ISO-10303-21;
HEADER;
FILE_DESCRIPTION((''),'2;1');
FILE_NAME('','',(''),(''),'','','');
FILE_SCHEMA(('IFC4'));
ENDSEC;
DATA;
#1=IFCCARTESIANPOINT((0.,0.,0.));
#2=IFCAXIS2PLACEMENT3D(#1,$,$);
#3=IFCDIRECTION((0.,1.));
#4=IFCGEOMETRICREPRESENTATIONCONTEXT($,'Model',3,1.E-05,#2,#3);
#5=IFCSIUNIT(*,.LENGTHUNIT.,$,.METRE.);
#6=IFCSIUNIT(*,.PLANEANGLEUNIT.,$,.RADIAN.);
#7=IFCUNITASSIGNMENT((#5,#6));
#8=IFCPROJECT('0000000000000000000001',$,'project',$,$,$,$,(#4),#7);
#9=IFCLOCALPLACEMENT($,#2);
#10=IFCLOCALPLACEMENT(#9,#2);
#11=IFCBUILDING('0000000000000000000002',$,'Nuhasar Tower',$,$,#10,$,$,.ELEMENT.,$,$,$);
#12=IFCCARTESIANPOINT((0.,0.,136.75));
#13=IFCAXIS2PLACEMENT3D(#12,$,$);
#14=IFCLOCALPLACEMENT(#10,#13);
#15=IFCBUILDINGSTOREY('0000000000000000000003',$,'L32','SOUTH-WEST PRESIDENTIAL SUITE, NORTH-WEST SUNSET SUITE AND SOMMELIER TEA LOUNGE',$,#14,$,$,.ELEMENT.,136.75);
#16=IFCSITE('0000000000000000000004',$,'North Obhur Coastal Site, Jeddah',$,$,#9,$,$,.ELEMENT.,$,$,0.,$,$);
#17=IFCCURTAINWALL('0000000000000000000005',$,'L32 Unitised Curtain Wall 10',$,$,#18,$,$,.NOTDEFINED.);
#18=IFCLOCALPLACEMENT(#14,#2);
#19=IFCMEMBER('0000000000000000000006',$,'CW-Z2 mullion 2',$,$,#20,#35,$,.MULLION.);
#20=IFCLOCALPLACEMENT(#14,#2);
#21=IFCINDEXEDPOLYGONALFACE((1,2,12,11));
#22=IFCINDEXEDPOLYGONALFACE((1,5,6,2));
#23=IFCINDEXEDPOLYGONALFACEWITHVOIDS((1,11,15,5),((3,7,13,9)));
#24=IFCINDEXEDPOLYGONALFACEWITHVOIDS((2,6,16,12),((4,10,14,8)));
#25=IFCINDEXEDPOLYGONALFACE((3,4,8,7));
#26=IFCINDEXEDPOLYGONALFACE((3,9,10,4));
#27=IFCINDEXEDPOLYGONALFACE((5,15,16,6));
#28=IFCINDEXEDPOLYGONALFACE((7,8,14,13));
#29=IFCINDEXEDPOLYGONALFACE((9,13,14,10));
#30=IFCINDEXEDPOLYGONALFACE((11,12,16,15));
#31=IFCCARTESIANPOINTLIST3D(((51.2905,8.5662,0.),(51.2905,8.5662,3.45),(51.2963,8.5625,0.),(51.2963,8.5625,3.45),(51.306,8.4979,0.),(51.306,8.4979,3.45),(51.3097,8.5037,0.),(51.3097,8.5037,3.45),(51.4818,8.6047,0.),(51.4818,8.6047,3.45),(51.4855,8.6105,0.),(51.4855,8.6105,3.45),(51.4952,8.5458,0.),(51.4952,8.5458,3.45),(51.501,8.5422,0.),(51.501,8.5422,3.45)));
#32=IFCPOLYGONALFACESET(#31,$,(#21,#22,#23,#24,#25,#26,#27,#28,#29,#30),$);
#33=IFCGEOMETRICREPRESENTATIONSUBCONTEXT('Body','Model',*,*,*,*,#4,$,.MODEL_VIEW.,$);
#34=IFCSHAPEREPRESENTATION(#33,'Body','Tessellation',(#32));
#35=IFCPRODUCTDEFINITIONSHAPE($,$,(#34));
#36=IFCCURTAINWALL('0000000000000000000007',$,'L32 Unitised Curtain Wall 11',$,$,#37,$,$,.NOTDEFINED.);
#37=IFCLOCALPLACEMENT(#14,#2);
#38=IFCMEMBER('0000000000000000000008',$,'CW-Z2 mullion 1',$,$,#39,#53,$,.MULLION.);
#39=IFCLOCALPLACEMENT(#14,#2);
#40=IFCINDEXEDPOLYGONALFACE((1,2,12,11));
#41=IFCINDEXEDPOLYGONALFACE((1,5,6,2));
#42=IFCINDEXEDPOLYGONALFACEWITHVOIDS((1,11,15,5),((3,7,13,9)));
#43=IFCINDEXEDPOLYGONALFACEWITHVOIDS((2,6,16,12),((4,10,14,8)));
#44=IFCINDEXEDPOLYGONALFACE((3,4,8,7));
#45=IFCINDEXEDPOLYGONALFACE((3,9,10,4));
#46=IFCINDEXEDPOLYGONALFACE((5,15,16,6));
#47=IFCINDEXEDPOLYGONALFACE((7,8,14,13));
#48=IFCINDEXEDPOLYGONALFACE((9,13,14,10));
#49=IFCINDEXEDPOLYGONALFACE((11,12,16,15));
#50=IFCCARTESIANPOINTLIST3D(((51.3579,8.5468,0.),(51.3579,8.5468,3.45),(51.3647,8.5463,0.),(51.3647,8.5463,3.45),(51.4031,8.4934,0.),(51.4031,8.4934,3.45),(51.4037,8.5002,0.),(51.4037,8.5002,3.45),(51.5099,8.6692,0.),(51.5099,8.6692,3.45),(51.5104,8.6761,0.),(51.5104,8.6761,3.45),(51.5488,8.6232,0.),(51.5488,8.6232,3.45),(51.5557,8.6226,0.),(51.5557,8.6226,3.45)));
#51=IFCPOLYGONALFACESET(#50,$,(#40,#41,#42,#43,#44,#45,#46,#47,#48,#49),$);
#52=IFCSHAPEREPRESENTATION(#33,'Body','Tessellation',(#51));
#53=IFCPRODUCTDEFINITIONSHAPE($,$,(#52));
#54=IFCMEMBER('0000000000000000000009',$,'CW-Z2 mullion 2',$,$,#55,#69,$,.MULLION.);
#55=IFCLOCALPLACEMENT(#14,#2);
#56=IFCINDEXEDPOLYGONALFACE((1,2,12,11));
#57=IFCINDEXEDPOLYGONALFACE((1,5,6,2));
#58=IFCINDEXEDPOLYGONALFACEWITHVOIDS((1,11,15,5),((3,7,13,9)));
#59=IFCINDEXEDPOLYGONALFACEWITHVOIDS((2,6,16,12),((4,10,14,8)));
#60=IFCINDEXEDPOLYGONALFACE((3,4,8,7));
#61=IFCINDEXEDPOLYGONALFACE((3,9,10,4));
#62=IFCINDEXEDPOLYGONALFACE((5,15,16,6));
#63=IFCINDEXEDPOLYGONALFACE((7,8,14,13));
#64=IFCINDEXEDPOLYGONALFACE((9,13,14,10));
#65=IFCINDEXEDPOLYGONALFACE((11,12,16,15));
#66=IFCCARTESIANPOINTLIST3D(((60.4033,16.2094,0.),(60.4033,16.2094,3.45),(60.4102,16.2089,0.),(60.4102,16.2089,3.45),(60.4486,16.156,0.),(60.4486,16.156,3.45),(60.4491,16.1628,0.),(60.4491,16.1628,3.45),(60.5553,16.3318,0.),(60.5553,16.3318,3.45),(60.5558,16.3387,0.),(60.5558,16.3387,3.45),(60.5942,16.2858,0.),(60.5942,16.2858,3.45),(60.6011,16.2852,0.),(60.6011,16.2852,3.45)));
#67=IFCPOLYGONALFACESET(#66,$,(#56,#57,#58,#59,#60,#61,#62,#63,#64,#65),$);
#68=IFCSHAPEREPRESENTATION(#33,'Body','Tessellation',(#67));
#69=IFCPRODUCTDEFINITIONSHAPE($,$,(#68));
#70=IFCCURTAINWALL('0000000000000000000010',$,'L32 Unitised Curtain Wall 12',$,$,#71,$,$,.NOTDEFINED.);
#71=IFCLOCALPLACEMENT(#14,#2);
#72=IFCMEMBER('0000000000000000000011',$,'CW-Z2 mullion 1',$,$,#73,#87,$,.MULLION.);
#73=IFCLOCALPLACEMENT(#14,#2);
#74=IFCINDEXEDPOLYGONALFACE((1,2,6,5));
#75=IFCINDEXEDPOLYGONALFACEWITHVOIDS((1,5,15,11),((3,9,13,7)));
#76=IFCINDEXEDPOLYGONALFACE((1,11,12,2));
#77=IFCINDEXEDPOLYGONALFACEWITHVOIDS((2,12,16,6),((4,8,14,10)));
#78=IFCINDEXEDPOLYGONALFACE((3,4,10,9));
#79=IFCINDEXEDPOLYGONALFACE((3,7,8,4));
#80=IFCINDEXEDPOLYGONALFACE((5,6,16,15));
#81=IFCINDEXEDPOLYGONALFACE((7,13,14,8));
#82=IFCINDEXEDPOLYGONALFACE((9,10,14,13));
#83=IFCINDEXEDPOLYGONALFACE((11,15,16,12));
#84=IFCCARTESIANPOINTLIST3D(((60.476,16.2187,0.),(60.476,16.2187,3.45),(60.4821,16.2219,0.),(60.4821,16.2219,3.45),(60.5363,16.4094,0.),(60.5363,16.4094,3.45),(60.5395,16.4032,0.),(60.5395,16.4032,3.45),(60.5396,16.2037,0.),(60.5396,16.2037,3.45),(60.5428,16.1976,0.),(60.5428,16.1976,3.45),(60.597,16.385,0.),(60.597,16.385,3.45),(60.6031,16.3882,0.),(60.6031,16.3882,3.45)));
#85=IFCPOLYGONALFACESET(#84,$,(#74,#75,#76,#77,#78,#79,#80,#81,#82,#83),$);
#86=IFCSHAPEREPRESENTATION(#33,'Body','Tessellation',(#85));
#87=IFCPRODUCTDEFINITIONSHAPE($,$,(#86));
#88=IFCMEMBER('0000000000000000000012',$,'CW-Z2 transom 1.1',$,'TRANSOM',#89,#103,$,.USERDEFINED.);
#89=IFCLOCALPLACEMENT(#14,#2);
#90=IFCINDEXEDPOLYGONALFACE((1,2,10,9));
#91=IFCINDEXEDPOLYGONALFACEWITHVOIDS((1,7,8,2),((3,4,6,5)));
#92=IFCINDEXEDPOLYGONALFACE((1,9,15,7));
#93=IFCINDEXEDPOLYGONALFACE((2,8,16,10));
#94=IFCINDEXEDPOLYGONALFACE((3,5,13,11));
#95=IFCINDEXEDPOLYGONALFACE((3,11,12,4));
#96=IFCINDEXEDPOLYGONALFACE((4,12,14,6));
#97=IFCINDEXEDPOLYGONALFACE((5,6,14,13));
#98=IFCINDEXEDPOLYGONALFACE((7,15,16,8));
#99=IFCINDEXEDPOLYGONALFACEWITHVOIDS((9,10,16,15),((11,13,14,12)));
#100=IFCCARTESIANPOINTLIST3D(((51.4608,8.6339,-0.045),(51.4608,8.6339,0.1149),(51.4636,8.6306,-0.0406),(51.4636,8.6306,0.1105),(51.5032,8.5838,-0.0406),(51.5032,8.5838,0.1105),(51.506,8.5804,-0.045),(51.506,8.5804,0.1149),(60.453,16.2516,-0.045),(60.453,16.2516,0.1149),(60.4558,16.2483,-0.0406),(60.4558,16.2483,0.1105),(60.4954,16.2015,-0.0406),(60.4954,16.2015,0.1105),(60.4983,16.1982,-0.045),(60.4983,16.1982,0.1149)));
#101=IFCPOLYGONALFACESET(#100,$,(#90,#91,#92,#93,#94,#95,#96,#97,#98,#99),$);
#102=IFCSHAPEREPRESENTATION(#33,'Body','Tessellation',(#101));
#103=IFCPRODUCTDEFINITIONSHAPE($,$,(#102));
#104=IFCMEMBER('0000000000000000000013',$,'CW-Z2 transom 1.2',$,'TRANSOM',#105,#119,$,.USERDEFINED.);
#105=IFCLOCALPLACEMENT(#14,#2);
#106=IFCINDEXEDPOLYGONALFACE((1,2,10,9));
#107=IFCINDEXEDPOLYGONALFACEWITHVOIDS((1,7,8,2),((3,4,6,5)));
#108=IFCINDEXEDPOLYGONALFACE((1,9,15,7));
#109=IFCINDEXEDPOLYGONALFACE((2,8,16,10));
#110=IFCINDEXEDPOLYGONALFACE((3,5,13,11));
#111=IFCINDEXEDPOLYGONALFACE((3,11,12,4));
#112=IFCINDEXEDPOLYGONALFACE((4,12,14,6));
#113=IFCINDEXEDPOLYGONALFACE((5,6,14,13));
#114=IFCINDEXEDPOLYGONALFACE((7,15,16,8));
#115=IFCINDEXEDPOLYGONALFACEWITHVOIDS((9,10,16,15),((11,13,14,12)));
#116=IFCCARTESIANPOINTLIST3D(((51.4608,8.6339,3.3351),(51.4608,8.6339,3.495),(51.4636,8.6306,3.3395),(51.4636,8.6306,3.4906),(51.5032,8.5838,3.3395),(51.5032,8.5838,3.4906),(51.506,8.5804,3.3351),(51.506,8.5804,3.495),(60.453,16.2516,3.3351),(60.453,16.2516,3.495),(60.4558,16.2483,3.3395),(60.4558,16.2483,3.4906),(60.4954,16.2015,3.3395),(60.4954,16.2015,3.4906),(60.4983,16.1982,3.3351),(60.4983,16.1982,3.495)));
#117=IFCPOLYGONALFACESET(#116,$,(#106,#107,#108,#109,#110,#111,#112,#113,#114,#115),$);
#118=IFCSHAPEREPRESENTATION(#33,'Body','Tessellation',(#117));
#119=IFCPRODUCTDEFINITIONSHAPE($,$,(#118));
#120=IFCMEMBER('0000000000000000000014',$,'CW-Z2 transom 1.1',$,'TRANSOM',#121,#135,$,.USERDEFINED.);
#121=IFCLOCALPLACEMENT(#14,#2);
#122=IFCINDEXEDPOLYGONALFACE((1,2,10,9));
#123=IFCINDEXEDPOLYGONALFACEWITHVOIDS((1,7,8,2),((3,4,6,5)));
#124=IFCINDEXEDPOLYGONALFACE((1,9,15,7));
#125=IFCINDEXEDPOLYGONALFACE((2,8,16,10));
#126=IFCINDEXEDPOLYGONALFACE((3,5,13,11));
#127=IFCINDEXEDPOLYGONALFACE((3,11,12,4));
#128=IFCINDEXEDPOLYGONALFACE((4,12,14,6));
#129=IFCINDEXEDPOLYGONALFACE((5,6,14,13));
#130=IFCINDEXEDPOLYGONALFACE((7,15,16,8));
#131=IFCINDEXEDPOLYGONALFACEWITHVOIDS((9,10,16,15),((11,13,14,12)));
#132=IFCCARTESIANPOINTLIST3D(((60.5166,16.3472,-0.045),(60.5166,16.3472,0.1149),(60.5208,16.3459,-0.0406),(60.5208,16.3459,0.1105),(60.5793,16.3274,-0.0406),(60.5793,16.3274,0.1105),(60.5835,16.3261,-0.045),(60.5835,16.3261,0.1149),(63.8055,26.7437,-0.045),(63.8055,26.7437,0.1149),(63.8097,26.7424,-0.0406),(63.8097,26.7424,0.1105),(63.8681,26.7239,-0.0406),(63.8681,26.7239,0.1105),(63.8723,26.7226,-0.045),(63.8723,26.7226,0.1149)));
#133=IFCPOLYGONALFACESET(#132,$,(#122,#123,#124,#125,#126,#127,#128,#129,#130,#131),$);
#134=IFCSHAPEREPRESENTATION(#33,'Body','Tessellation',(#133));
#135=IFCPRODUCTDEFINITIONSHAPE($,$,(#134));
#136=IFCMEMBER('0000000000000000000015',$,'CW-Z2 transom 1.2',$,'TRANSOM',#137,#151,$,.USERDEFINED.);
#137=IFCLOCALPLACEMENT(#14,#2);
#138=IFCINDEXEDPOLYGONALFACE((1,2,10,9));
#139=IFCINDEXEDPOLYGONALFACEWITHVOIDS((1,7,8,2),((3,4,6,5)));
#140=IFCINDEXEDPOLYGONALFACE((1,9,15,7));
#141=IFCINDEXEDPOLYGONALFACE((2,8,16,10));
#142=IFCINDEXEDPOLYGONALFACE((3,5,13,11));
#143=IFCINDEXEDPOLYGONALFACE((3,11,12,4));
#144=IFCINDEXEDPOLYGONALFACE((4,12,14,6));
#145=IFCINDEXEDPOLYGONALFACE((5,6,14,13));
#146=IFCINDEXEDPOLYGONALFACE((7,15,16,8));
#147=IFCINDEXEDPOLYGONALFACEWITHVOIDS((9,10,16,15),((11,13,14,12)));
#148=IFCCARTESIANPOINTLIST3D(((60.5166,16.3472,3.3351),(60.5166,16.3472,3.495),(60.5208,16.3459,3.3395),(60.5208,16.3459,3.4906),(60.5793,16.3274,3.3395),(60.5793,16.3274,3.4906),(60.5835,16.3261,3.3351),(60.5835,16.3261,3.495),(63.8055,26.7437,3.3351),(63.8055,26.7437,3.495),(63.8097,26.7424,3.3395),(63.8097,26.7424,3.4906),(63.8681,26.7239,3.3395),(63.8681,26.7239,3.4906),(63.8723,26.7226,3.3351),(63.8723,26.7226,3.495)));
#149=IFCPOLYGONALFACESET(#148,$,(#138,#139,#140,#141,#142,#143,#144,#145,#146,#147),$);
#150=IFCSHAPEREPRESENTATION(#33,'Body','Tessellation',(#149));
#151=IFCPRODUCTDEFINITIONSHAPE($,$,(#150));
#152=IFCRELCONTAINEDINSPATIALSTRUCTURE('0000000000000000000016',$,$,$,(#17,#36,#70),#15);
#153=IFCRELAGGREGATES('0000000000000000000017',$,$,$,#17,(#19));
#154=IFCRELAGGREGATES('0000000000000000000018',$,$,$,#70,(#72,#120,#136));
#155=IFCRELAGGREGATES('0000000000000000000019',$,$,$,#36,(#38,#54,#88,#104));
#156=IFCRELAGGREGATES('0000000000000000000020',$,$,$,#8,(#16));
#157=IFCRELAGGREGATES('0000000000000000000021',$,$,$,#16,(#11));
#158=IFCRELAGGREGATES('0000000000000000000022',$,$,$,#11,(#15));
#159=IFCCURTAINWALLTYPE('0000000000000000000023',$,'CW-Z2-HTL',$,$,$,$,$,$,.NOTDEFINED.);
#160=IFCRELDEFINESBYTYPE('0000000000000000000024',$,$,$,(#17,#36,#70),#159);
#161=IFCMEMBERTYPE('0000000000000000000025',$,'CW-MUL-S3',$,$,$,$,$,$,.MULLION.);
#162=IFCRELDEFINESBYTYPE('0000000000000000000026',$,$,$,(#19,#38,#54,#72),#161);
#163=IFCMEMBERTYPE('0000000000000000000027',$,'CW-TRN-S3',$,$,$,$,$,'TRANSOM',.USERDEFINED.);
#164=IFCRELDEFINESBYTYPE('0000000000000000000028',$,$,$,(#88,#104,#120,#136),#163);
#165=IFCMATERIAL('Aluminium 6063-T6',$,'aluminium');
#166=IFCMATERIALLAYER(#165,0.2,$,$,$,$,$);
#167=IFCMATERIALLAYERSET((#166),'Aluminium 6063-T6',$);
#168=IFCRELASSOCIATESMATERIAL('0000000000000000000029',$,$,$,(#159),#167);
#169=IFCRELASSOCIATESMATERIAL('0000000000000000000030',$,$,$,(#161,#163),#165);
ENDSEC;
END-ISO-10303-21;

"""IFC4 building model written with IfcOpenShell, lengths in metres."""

from ifc_helpers import new_model, si_unit, direction, frame, origin, origin_2d, place, context, subcontext, project, spatial, hollow_rectangle, extrude, material, layer, layer_set, material_profile, profile_set, type_object, element, aggregate, save


model = new_model("IFC4")

# Units and contexts
model_context = context("Model", 3, precision=1e-05, world=origin(), true_north=direction((0.0, 1.0)))
body_context = subcontext(model_context, "Body", "Model", "MODEL_VIEW")
ifc_project = project(units=[si_unit("LENGTHUNIT", "METRE"), si_unit("PLANEANGLEUNIT", "RADIAN")], contexts=[model_context])

# Site, building, storey
site_placement = place(None, origin())
site = spatial("IfcSite", under=ifc_project, at=site_placement, Name="North Obhur Coastal Site, Jeddah", CompositionType="ELEMENT", RefElevation=0.0)
building_placement = place(site_placement, origin())
building = spatial("IfcBuilding", under=site, at=building_placement, Name="Nuhasar Tower", CompositionType="ELEMENT")
storey_placement = place(building_placement, frame((0.0, 0.0, 136.75)))
storey = spatial("IfcBuildingStorey", under=building, at=storey_placement, Name="L32", Description="SOUTH-WEST PRESIDENTIAL SUITE, NORTH-WEST SUNSET SUITE AND SOMMELIER TEA LOUNGE", CompositionType="ELEMENT", Elevation=136.75)

# Curtain wall, member
ifc_material_1 = material(Name="Aluminium 6063-T6", Category="aluminium")
ifc_layer_1 = layer(ifc_material_1, 0.2)
ifc_layer_set_1 = layer_set([ifc_layer_1], Name="Aluminium 6063-T6")
curtain_wall_type = type_object("IfcCurtainWallType", Name="CW-Z2-HTL", PredefinedType="NOTDEFINED", material=ifc_layer_set_1)
curtain_wall_1_placement = place(storey_placement, origin())
curtain_wall_1 = element("IfcCurtainWall", 1, at=curtain_wall_1_placement, inside=storey, type_object=curtain_wall_type, Name="L32 Unitised Curtain Wall 10", PredefinedType="NOTDEFINED")
ifc_material_profile_1 = material_profile(ifc_material_1, hollow_rectangle(XDim=0.0701, YDim=0.2, WallThickness=0.0049, at=origin_2d()), Name="CWM-3")
ifc_profile_set_1 = profile_set([ifc_material_profile_1], Name="Aluminium 6063-T6")
member_type_1 = type_object("IfcMemberType", Name="CW-MUL-S3", PredefinedType="MULLION", material=ifc_profile_set_1)
member_1_placement = place(storey_placement, frame((51.3958, 8.5542, 0.0), z_axis=(0.0, 0.0, 1.0), x_axis=(-0.221397, 0.975184, 0.0)))
member_1 = element("IfcMember", 2, at=member_1_placement, type_object=member_type_1, Name="CW-Z2 mullion 2", PredefinedType="MULLION", context=body_context, shape_type="SweptSolid", body=[
    extrude(hollow_rectangle(XDim=0.0701, YDim=0.2, WallThickness=0.0049, at=origin_2d()), origin(), (0.0, 0.0, 1.0), 3.45),
])
aggregate(curtain_wall_1, [member_1])

# Curtain wall, members
curtain_wall_2_placement = place(storey_placement, origin())
curtain_wall_2 = element("IfcCurtainWall", 3, at=curtain_wall_2_placement, inside=storey, type_object=curtain_wall_type, Name="L32 Unitised Curtain Wall 11", PredefinedType="NOTDEFINED")
member_2_placement = place(storey_placement, frame((51.4568, 8.5847, 0.0), z_axis=(0.0, 0.0, 1.0), x_axis=(-0.646374, 0.76302, 0.0)))
member_2 = element("IfcMember", 4, at=member_2_placement, type_object=member_type_1, Name="CW-Z2 mullion 1", PredefinedType="MULLION", context=body_context, shape_type="SweptSolid", body=[
    extrude(hollow_rectangle(XDim=0.0701, YDim=0.2, WallThickness=0.0049, at=origin_2d()), origin(), (0.0, 0.0, 1.0), 3.45),
])
member_3_placement = place(storey_placement, frame((60.5022, 16.2473, 0.0), z_axis=(0.0, 0.0, 1.0), x_axis=(-0.646374, 0.76302, 0.0)))
member_3 = element("IfcMember", 5, at=member_3_placement, type_object=member_type_1, Name="CW-Z2 mullion 2", PredefinedType="MULLION", context=body_context, shape_type="SweptSolid", body=[
    extrude(hollow_rectangle(XDim=0.0701, YDim=0.2, WallThickness=0.0049, at=origin_2d()), origin(), (0.0, 0.0, 1.0), 3.45),
])

# Curtain wall, member
curtain_wall_3_placement = place(storey_placement, origin())
curtain_wall_3 = element("IfcCurtainWall", 6, at=curtain_wall_3_placement, inside=storey, type_object=curtain_wall_type, Name="L32 Unitised Curtain Wall 12", PredefinedType="NOTDEFINED")
member_4_placement = place(storey_placement, frame((60.5396, 16.3035, 0.0), z_axis=(0.0, 0.0, 1.0), x_axis=(-0.953433, 0.301604, 0.0)))
member_4 = element("IfcMember", 7, at=member_4_placement, type_object=member_type_1, Name="CW-Z2 mullion 1", PredefinedType="MULLION", context=body_context, shape_type="SweptSolid", body=[
    extrude(hollow_rectangle(XDim=0.0701, YDim=0.2, WallThickness=0.0049, at=origin_2d()), origin(), (0.0, 0.0, 1.0), 3.45),
])

# Members
ifc_material_profile_2 = material_profile(ifc_material_1, hollow_rectangle(XDim=0.0701, YDim=0.1599, WallThickness=0.0044, at=origin_2d()), Name="CWT-3")
ifc_profile_set_2 = profile_set([ifc_material_profile_2], Name="Aluminium 6063-T6")
member_type_2 = type_object("IfcMemberType", Name="CW-TRN-S3", ElementType="TRANSOM", PredefinedType="USERDEFINED", material=ifc_profile_set_2)
member_5_placement = place(storey_placement, frame((51.4834, 8.6072, 0.0349), z_axis=(0.763014, 0.646382, 0.0), x_axis=(-0.646382, 0.763014, 0.0)))
member_5 = element("IfcMember", 8, at=member_5_placement, type_object=member_type_2, Name="CW-Z2 transom 1.1", ObjectType="TRANSOM", PredefinedType="USERDEFINED", context=body_context, shape_type="SweptSolid", body=[
    extrude(hollow_rectangle(XDim=0.0701, YDim=0.1599, WallThickness=0.0044, at=origin_2d()), origin(), (0.0, 0.0, 1.0), 11.7852),
])
member_6_placement = place(storey_placement, frame((51.4834, 8.6072, 3.415), z_axis=(0.763014, 0.646382, 0.0), x_axis=(-0.646382, 0.763014, 0.0)))
member_6 = element("IfcMember", 9, at=member_6_placement, type_object=member_type_2, Name="CW-Z2 transom 1.2", ObjectType="TRANSOM", PredefinedType="USERDEFINED", context=body_context, shape_type="SweptSolid", body=[
    extrude(hollow_rectangle(XDim=0.0701, YDim=0.1599, WallThickness=0.0044, at=origin_2d()), origin(), (0.0, 0.0, 1.0), 11.7852),
])
member_7_placement = place(storey_placement, frame((60.55, 16.3367, 0.0349), z_axis=(0.301608, 0.953432, 0.0), x_axis=(-0.953432, 0.301608, 0.0)))
member_7 = element("IfcMember", 10, at=member_7_placement, type_object=member_type_2, Name="CW-Z2 transom 1.1", ObjectType="TRANSOM", PredefinedType="USERDEFINED", context=body_context, shape_type="SweptSolid", body=[
    extrude(hollow_rectangle(XDim=0.0701, YDim=0.1599, WallThickness=0.0044, at=origin_2d()), origin(), (0.0, 0.0, 1.0), 10.9043),
])
member_8_placement = place(storey_placement, frame((60.55, 16.3367, 3.415), z_axis=(0.301608, 0.953432, 0.0), x_axis=(-0.953432, 0.301608, 0.0)))
member_8 = element("IfcMember", 11, at=member_8_placement, type_object=member_type_2, Name="CW-Z2 transom 1.2", ObjectType="TRANSOM", PredefinedType="USERDEFINED", context=body_context, shape_type="SweptSolid", body=[
    extrude(hollow_rectangle(XDim=0.0701, YDim=0.1599, WallThickness=0.0044, at=origin_2d()), origin(), (0.0, 0.0, 1.0), 10.9043),
])
aggregate(curtain_wall_3, [member_4, member_7, member_8])

aggregate(curtain_wall_2, [member_2, member_3, member_5, member_6])

save(model, "model.ifc")
